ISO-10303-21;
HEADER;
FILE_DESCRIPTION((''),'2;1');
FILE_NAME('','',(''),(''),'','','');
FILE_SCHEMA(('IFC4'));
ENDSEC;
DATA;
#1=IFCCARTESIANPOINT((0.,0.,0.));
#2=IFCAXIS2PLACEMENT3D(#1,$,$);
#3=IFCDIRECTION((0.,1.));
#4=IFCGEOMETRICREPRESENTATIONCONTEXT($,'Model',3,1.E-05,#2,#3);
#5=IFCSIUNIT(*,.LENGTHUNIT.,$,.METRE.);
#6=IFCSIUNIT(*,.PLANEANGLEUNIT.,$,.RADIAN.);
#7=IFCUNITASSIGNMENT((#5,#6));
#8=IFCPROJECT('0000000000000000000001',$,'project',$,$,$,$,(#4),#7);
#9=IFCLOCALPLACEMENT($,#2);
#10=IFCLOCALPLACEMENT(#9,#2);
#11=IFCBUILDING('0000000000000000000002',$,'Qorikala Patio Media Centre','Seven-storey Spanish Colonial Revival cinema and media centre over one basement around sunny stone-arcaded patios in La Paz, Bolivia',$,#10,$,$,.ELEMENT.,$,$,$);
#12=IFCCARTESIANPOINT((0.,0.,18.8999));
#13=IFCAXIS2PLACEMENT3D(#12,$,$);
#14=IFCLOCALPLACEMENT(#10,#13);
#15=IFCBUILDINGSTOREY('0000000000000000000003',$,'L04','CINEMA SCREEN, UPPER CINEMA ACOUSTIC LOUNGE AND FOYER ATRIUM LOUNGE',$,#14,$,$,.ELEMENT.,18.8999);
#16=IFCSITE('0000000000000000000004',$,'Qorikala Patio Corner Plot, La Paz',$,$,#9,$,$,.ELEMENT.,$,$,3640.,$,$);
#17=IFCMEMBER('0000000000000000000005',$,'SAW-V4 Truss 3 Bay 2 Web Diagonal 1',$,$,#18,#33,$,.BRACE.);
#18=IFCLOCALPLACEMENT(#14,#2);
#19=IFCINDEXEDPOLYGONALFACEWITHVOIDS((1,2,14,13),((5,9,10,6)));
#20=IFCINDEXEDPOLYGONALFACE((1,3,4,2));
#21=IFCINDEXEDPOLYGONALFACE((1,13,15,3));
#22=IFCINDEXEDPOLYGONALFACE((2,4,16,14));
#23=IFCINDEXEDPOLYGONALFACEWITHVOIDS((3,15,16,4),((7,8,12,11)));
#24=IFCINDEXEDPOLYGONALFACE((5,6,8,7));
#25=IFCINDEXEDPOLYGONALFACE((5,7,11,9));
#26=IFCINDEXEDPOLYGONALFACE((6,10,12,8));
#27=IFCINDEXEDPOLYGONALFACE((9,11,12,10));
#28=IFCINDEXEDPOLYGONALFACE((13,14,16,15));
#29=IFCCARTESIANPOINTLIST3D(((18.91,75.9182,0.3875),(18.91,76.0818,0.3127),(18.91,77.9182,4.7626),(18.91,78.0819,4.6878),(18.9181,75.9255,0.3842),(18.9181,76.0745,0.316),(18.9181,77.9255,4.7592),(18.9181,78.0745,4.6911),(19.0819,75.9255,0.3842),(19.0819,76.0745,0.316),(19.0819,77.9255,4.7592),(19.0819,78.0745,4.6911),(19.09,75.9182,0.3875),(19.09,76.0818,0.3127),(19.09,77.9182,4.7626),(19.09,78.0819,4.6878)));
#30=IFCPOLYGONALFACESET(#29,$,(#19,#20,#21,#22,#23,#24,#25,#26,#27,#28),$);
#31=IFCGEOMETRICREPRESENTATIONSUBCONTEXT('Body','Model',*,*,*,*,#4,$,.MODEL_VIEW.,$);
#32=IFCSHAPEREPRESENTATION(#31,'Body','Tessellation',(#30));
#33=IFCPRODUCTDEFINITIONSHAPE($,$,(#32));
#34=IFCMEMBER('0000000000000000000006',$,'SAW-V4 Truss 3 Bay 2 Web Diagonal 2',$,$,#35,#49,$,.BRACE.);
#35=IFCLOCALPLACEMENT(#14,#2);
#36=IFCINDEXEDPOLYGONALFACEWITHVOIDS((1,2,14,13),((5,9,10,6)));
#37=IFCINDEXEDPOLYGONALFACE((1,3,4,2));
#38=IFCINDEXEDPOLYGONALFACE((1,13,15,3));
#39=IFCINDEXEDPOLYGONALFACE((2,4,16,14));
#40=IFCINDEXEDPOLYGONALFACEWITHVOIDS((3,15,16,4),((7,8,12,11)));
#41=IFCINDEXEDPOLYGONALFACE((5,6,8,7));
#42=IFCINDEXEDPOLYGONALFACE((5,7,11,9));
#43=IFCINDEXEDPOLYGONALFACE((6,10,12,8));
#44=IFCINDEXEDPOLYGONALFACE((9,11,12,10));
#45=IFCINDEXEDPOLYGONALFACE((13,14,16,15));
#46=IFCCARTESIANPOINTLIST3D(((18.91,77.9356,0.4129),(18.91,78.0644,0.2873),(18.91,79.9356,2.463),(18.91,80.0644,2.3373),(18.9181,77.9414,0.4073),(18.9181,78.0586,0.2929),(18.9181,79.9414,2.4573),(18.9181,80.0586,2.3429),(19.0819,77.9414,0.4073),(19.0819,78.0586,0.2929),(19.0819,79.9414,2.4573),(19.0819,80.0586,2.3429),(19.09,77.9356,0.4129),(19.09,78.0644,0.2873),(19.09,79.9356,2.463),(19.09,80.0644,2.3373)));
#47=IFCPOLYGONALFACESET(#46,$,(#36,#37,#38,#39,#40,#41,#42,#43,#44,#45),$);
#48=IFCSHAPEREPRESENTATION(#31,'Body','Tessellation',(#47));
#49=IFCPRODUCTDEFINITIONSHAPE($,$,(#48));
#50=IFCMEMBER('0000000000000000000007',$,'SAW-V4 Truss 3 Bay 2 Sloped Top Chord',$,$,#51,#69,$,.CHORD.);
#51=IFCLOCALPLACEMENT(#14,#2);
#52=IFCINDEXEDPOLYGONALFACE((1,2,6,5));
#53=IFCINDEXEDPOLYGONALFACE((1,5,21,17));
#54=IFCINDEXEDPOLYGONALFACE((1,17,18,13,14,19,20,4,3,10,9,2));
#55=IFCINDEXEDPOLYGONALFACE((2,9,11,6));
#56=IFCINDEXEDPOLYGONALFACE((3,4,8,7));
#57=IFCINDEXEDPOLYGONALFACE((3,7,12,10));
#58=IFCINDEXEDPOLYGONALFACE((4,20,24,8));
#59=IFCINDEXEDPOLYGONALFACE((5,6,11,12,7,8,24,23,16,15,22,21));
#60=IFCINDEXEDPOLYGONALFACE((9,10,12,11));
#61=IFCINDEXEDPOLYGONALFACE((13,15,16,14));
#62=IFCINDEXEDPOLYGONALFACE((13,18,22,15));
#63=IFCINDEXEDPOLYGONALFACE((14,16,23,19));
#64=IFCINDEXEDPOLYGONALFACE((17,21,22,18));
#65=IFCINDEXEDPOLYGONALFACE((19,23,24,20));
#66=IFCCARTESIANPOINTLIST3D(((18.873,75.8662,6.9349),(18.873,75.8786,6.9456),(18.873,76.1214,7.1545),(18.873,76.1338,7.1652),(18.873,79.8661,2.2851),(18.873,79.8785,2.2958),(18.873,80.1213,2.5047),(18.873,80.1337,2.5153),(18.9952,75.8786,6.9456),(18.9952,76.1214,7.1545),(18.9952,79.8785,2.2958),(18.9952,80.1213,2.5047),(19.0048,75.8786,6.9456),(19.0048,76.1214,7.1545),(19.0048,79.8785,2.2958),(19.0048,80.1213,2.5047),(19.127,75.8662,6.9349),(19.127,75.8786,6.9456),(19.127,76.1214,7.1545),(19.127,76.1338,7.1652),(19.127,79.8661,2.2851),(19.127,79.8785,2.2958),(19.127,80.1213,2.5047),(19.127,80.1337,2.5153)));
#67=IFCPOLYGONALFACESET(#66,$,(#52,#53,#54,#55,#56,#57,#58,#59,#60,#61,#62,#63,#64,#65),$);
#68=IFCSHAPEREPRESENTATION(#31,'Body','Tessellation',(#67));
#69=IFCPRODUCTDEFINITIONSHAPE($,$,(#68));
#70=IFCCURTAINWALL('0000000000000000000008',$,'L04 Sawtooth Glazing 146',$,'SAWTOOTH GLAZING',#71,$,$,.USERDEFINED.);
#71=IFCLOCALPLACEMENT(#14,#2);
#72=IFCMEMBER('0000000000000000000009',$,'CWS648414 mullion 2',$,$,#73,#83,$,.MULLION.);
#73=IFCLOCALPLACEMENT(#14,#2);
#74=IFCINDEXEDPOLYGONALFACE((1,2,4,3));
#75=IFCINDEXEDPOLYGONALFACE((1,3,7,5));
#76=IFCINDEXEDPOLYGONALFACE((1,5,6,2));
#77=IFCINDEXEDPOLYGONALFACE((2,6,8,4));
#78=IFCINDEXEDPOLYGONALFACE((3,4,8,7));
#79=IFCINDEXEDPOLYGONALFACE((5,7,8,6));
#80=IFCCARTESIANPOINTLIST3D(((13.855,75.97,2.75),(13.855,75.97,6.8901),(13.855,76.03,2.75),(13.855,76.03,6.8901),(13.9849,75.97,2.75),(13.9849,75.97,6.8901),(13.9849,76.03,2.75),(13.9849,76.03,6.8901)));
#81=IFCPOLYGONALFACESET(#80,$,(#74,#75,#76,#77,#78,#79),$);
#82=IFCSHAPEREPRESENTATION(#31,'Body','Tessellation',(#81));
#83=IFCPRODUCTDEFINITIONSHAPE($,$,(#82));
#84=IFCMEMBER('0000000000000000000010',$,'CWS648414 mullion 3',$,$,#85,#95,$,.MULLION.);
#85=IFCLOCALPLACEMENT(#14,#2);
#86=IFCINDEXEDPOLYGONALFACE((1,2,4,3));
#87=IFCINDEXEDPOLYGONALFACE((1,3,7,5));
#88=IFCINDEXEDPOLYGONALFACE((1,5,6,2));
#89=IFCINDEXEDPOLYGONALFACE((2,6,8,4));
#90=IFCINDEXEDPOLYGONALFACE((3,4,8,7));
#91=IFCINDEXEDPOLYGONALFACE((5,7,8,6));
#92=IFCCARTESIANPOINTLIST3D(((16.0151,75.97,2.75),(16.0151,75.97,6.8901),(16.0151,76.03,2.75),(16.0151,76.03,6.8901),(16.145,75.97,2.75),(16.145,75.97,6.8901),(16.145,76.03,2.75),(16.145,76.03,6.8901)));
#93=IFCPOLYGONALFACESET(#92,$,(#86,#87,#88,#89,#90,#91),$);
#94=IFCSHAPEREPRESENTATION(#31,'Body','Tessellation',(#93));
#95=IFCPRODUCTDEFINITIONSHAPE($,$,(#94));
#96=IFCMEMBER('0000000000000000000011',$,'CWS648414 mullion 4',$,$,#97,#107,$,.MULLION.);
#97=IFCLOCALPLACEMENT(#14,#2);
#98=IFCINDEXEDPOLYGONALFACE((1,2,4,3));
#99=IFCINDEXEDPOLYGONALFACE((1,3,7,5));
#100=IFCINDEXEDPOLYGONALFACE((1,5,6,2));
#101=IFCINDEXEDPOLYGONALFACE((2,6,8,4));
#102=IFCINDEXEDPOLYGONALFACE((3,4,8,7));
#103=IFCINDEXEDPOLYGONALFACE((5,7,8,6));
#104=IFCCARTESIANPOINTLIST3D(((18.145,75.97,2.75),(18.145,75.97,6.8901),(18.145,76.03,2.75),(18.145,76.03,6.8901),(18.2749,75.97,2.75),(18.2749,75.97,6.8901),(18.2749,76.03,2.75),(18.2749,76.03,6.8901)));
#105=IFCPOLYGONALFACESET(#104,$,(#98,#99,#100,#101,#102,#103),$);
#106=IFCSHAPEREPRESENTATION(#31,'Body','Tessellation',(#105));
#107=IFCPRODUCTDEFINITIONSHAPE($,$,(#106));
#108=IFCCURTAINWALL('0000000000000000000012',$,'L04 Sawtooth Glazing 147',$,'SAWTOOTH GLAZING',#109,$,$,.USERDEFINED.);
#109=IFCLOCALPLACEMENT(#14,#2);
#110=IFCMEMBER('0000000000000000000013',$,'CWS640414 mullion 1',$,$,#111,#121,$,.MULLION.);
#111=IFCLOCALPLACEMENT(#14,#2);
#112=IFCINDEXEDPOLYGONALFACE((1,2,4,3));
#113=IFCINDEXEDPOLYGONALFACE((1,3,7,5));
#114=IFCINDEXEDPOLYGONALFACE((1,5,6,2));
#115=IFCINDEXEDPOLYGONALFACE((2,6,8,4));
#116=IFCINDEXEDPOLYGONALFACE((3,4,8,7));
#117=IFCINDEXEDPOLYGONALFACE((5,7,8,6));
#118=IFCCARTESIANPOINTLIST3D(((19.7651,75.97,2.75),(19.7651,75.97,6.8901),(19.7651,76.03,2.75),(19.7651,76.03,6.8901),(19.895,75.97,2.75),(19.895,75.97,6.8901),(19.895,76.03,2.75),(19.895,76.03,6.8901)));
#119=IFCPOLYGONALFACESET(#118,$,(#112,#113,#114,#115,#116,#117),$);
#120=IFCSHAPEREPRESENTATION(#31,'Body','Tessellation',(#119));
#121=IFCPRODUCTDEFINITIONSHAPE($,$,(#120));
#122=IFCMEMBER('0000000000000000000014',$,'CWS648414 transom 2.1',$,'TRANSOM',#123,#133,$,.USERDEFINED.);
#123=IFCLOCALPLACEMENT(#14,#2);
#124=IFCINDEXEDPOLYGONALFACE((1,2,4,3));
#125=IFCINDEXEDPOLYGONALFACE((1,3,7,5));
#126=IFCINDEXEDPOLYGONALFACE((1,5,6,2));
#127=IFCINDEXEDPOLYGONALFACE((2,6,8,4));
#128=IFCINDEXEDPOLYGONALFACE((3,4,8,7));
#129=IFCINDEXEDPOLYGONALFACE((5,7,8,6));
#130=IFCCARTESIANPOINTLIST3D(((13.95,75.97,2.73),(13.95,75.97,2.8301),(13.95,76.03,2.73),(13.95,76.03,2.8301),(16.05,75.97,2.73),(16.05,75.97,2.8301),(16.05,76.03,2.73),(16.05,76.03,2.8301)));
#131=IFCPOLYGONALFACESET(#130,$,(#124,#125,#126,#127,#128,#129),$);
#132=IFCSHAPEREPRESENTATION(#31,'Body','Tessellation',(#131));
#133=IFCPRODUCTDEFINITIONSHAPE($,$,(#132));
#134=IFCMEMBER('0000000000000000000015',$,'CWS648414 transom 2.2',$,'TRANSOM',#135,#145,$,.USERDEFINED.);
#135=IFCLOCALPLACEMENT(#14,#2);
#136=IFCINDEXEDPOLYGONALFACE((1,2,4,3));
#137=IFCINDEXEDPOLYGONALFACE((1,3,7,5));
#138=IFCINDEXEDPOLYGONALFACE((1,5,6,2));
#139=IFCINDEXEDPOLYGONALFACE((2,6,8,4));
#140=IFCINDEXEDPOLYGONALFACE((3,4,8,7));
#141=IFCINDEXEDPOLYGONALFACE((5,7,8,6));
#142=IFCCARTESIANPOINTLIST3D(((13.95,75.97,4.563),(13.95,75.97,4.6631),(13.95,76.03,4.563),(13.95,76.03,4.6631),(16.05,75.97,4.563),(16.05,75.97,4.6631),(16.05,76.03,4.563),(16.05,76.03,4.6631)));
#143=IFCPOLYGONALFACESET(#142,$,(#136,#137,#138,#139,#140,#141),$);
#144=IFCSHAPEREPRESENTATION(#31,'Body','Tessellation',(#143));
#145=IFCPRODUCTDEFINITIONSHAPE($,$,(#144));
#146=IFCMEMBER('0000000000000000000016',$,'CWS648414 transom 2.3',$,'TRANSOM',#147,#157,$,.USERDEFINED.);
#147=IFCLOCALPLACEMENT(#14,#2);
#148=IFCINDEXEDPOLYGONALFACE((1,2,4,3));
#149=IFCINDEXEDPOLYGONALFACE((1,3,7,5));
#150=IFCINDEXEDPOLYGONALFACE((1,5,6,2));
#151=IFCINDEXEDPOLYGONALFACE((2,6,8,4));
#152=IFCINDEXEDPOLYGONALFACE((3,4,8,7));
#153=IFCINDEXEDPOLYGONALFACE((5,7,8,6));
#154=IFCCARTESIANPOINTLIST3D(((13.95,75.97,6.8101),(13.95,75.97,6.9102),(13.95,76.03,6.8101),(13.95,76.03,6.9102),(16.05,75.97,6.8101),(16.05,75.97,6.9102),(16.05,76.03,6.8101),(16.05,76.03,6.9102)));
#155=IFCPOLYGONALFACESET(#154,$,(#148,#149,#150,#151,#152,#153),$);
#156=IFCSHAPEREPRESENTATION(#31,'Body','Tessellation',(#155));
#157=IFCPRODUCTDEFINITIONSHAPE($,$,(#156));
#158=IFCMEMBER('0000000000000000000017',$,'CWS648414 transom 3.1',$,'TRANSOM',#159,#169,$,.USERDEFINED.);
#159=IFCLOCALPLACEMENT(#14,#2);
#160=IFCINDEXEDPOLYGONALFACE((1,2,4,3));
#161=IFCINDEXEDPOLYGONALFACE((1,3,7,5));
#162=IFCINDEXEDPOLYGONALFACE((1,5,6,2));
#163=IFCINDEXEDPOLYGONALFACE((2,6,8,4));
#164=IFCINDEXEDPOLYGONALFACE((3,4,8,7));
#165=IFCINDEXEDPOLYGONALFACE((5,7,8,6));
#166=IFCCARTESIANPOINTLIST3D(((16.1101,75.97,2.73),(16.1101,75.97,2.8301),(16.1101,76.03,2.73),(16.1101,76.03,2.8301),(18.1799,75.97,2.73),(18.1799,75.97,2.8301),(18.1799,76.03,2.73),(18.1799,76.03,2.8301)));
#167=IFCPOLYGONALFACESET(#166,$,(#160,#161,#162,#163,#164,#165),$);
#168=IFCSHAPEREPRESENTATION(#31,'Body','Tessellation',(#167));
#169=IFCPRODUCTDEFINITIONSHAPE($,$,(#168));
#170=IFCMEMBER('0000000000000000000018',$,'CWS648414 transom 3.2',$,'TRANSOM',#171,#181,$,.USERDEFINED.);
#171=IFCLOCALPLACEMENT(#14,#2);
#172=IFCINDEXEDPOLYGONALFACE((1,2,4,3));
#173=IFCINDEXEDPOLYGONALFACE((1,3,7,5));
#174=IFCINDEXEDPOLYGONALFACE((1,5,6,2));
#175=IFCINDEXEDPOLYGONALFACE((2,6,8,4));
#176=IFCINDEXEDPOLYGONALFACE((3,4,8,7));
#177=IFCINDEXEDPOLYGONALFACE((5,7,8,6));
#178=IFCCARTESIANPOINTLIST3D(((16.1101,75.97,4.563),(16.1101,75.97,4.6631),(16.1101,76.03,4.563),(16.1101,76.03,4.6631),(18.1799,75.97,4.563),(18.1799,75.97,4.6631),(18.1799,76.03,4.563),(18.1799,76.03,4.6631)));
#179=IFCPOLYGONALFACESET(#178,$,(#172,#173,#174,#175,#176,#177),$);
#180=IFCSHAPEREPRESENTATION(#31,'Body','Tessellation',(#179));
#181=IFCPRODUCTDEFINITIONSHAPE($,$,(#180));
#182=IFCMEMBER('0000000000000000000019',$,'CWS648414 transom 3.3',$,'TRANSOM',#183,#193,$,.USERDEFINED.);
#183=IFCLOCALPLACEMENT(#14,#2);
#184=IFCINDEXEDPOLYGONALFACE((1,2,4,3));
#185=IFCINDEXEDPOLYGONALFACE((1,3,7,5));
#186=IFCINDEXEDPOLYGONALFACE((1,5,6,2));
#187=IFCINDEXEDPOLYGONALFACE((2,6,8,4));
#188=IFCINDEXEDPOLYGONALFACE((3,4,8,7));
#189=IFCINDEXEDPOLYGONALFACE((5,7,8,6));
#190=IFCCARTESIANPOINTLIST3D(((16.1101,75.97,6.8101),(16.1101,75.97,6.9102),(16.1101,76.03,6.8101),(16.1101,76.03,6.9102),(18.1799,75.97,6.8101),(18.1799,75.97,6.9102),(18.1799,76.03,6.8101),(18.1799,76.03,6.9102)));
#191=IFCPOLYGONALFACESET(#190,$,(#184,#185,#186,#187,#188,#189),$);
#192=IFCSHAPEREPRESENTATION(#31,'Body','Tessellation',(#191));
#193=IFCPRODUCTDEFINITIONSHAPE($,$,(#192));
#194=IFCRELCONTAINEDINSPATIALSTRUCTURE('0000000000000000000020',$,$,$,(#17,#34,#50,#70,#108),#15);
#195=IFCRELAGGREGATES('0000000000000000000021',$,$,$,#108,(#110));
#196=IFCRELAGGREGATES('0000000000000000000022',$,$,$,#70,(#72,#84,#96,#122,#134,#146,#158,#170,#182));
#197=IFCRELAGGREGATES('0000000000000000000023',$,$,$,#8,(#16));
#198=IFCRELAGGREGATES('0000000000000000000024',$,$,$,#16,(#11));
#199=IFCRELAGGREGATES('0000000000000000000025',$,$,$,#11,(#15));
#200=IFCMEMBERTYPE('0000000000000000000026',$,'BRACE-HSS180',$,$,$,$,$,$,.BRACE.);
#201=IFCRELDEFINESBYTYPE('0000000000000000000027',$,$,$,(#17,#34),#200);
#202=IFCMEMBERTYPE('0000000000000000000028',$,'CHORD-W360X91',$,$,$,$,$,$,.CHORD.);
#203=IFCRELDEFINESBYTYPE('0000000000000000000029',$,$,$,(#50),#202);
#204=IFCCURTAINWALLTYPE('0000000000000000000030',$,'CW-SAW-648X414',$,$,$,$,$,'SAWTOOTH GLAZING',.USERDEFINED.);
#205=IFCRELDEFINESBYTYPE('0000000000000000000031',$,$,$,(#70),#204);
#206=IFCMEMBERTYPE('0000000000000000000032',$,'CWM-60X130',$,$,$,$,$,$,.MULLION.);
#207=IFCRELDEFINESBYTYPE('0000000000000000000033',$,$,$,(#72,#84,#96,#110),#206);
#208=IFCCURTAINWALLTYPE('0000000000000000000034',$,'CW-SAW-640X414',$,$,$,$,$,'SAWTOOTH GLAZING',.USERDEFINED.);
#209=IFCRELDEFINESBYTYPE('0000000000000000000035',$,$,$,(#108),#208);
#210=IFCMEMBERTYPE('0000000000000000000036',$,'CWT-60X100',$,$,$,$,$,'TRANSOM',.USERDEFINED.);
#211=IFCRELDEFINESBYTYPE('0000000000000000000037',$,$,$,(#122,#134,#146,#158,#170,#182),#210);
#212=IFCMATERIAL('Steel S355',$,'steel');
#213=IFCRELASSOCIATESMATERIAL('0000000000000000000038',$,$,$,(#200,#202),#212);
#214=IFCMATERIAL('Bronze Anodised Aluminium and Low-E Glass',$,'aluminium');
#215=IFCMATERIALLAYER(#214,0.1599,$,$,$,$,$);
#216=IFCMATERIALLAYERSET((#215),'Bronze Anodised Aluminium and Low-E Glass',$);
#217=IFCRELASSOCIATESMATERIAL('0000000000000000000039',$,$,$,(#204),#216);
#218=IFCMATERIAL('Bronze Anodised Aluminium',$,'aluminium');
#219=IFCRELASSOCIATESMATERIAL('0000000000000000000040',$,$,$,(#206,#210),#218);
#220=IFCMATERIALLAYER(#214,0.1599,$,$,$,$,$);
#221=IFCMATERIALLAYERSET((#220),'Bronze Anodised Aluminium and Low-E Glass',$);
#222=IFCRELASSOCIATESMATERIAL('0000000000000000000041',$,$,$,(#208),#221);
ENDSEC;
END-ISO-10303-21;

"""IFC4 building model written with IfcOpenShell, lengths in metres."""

from ifc_helpers import new_model, si_unit, direction, frame, origin, origin_2d, place, context, subcontext, project, spatial, rectangle, hollow_rectangle, i_section, extrude, material, layer, layer_set, material_profile, profile_set, type_object, element, aggregate, save


model = new_model("IFC4")

# Units and contexts
model_context = context("Model", 3, precision=1e-05, world=origin(), true_north=direction((0.0, 1.0)))
body_context = subcontext(model_context, "Body", "Model", "MODEL_VIEW")
ifc_project = project(units=[si_unit("LENGTHUNIT", "METRE"), si_unit("PLANEANGLEUNIT", "RADIAN")], contexts=[model_context])

# Site, building, storey
site_placement = place(None, origin())
site = spatial("IfcSite", under=ifc_project, at=site_placement, Name="Qorikala Patio Corner Plot, La Paz", CompositionType="ELEMENT", RefElevation=3640.0)
building_placement = place(site_placement, origin())
building = spatial("IfcBuilding", under=site, at=building_placement, Name="Qorikala Patio Media Centre", Description="Seven-storey Spanish Colonial Revival cinema and media centre over one basement around sunny stone-arcaded patios in La Paz, Bolivia", CompositionType="ELEMENT")
storey_placement = place(building_placement, frame((0.0, 0.0, 18.8999)))
storey = spatial("IfcBuildingStorey", under=building, at=storey_placement, Name="L04", Description="CINEMA SCREEN, UPPER CINEMA ACOUSTIC LOUNGE AND FOYER ATRIUM LOUNGE", CompositionType="ELEMENT", Elevation=18.8999)

# Members
ifc_material_1 = material(Name="Steel S355", Category="steel")
ifc_material_profile_1 = material_profile(ifc_material_1, hollow_rectangle(XDim=0.1799, YDim=0.1799, WallThickness=0.0081, at=origin_2d()), Name="HSS180X180X8")
ifc_profile_set_1 = profile_set([ifc_material_profile_1], Name="Steel S355")
member_type_1 = type_object("IfcMemberType", Name="BRACE-HSS180", PredefinedType="BRACE", material=ifc_profile_set_1)
member_1_placement = place(storey_placement, frame((19.0, 76.0, 0.3501), z_axis=(0.0, 0.41576, 0.909474), x_axis=(-1.0, 0.0, 0.0)))
element("IfcMember", 1, at=member_1_placement, inside=storey, type_object=member_type_1, Name="SAW-V4 Truss 3 Bay 2 Web Diagonal 1", PredefinedType="BRACE", context=body_context, shape_type="SweptSolid", body=[
    extrude(hollow_rectangle(XDim=0.1799, YDim=0.1799, WallThickness=0.0081, at=origin_2d()), origin(), (0.0, 0.0, 1.0), 4.8105),
])
member_2_placement = place(storey_placement, frame((19.0, 78.0, 0.3501), z_axis=(0.0, 0.698315, 0.71579), x_axis=(-1.0, 0.0, 0.0)))
element("IfcMember", 2, at=member_2_placement, inside=storey, type_object=member_type_1, Name="SAW-V4 Truss 3 Bay 2 Web Diagonal 2", PredefinedType="BRACE", context=body_context, shape_type="SweptSolid", body=[
    extrude(hollow_rectangle(XDim=0.1799, YDim=0.1799, WallThickness=0.0081, at=origin_2d()), origin(), (0.0, 0.0, 1.0), 2.864),
])
ifc_material_profile_2 = material_profile(ifc_material_1, i_section(OverallWidth=0.2539, OverallDepth=0.353, WebThickness=0.0095, FlangeThickness=0.0164, at=origin_2d()), Name="W360X91")
ifc_profile_set_2 = profile_set([ifc_material_profile_2], Name="Steel S355")
member_type_2 = type_object("IfcMemberType", Name="CHORD-W360X91", PredefinedType="CHORD", material=ifc_profile_set_2)
member_3_placement = place(storey_placement, frame((19.0, 76.0, 7.05), z_axis=(0.0, 0.652141, -0.758098), x_axis=(-1.0, 0.0, 0.0)))
element("IfcMember", 3, at=member_3_placement, inside=storey, type_object=member_type_2, Name="SAW-V4 Truss 3 Bay 2 Sloped Top Chord", PredefinedType="CHORD", context=body_context, shape_type="SweptSolid", body=[
    extrude(i_section(OverallWidth=0.2539, OverallDepth=0.353, WebThickness=0.0095, FlangeThickness=0.0164, at=origin_2d()), origin(), (0.0, 0.0, 1.0), 6.1335),
])

# Curtain wall, members
ifc_material_2 = material(Name="Bronze Anodised Aluminium and Low-E Glass", Category="aluminium")
ifc_layer_1 = layer(ifc_material_2, 0.1599)
ifc_layer_set_1 = layer_set([ifc_layer_1], Name="Bronze Anodised Aluminium and Low-E Glass")
curtain_wall_type_1 = type_object("IfcCurtainWallType", Name="CW-SAW-648X414", ElementType="SAWTOOTH GLAZING", PredefinedType="USERDEFINED", material=ifc_layer_set_1)
curtain_wall_1_placement = place(storey_placement, origin())
curtain_wall_1 = element("IfcCurtainWall", 4, at=curtain_wall_1_placement, inside=storey, type_object=curtain_wall_type_1, Name="L04 Sawtooth Glazing 146", ObjectType="SAWTOOTH GLAZING", PredefinedType="USERDEFINED")
ifc_material_3 = material(Name="Bronze Anodised Aluminium", Category="aluminium")
ifc_material_profile_3 = material_profile(ifc_material_3, rectangle(XDim=0.0601, YDim=0.1299, at=origin_2d()), Name="ALU MULLION 60x130")
ifc_profile_set_3 = profile_set([ifc_material_profile_3], Name="Bronze Anodised Aluminium")
member_type_3 = type_object("IfcMemberType", Name="CWM-60X130", PredefinedType="MULLION", material=ifc_profile_set_3)
member_4_placement = place(storey_placement, frame((13.9199, 76.0, 2.75), z_axis=(0.0, 0.0, 1.0), x_axis=(0.0, 1.0, 0.0)))
member_4 = element("IfcMember", 5, at=member_4_placement, type_object=member_type_3, Name="CWS648414 mullion 2", PredefinedType="MULLION", context=body_context, shape_type="SweptSolid", body=[
    extrude(rectangle(XDim=0.0601, YDim=0.1299, at=origin_2d()), origin(), (0.0, 0.0, 1.0), 4.1401),
])
member_5_placement = place(storey_placement, frame((16.0801, 76.0, 2.75), z_axis=(0.0, 0.0, 1.0), x_axis=(0.0, 1.0, 0.0)))
member_5 = element("IfcMember", 6, at=member_5_placement, type_object=member_type_3, Name="CWS648414 mullion 3", PredefinedType="MULLION", context=body_context, shape_type="SweptSolid", body=[
    extrude(rectangle(XDim=0.0601, YDim=0.1299, at=origin_2d()), origin(), (0.0, 0.0, 1.0), 4.1401),
])
member_6_placement = place(storey_placement, frame((18.21, 76.0, 2.75), z_axis=(0.0, 0.0, 1.0), x_axis=(0.0, 1.0, 0.0)))
member_6 = element("IfcMember", 7, at=member_6_placement, type_object=member_type_3, Name="CWS648414 mullion 4", PredefinedType="MULLION", context=body_context, shape_type="SweptSolid", body=[
    extrude(rectangle(XDim=0.0601, YDim=0.1299, at=origin_2d()), origin(), (0.0, 0.0, 1.0), 4.1401),
])

# Curtain wall, member
ifc_layer_2 = layer(ifc_material_2, 0.1599)
ifc_layer_set_2 = layer_set([ifc_layer_2], Name="Bronze Anodised Aluminium and Low-E Glass")
curtain_wall_type_2 = type_object("IfcCurtainWallType", Name="CW-SAW-640X414", ElementType="SAWTOOTH GLAZING", PredefinedType="USERDEFINED", material=ifc_layer_set_2)
curtain_wall_2_placement = place(storey_placement, origin())
curtain_wall_2 = element("IfcCurtainWall", 8, at=curtain_wall_2_placement, inside=storey, type_object=curtain_wall_type_2, Name="L04 Sawtooth Glazing 147", ObjectType="SAWTOOTH GLAZING", PredefinedType="USERDEFINED")
member_7_placement = place(storey_placement, frame((19.8301, 76.0, 2.75), z_axis=(0.0, 0.0, 1.0), x_axis=(0.0, 1.0, 0.0)))
member_7 = element("IfcMember", 9, at=member_7_placement, type_object=member_type_3, Name="CWS640414 mullion 1", PredefinedType="MULLION", context=body_context, shape_type="SweptSolid", body=[
    extrude(rectangle(XDim=0.0601, YDim=0.1299, at=origin_2d()), origin(), (0.0, 0.0, 1.0), 4.1401),
])
aggregate(curtain_wall_2, [member_7])

# Members
ifc_material_profile_4 = material_profile(ifc_material_3, rectangle(XDim=0.0601, YDim=0.1001, at=origin_2d()), Name="ALU TRANSOM 60x100")
ifc_profile_set_4 = profile_set([ifc_material_profile_4], Name="Bronze Anodised Aluminium")
member_type_4 = type_object("IfcMemberType", Name="CWT-60X100", ElementType="TRANSOM", PredefinedType="USERDEFINED", material=ifc_profile_set_4)
member_8_placement = place(storey_placement, frame((13.95, 76.0, 2.78), z_axis=(1.0, 0.0, 0.0), x_axis=(0.0, 1.0, 0.0)))
member_8 = element("IfcMember", 10, at=member_8_placement, type_object=member_type_4, Name="CWS648414 transom 2.1", ObjectType="TRANSOM", PredefinedType="USERDEFINED", context=body_context, shape_type="SweptSolid", body=[
    extrude(rectangle(XDim=0.0601, YDim=0.1001, at=origin_2d()), origin(), (0.0, 0.0, 1.0), 2.1001),
])
member_9_placement = place(storey_placement, frame((13.95, 76.0, 4.613), z_axis=(1.0, 0.0, 0.0), x_axis=(0.0, 1.0, 0.0)))
member_9 = element("IfcMember", 11, at=member_9_placement, type_object=member_type_4, Name="CWS648414 transom 2.2", ObjectType="TRANSOM", PredefinedType="USERDEFINED", context=body_context, shape_type="SweptSolid", body=[
    extrude(rectangle(XDim=0.0601, YDim=0.1001, at=origin_2d()), origin(), (0.0, 0.0, 1.0), 2.1001),
])
member_10_placement = place(storey_placement, frame((13.95, 76.0, 6.8601), z_axis=(1.0, 0.0, 0.0), x_axis=(0.0, 1.0, 0.0)))
member_10 = element("IfcMember", 12, at=member_10_placement, type_object=member_type_4, Name="CWS648414 transom 2.3", ObjectType="TRANSOM", PredefinedType="USERDEFINED", context=body_context, shape_type="SweptSolid", body=[
    extrude(rectangle(XDim=0.0601, YDim=0.1001, at=origin_2d()), origin(), (0.0, 0.0, 1.0), 2.1001),
])
member_11_placement = place(storey_placement, frame((16.1101, 76.0, 2.78), z_axis=(1.0, 0.0, 0.0), x_axis=(0.0, 1.0, 0.0)))
member_11 = element("IfcMember", 13, at=member_11_placement, type_object=member_type_4, Name="CWS648414 transom 3.1", ObjectType="TRANSOM", PredefinedType="USERDEFINED", context=body_context, shape_type="SweptSolid", body=[
    extrude(rectangle(XDim=0.0601, YDim=0.1001, at=origin_2d()), origin(), (0.0, 0.0, 1.0), 2.0698),
])
member_12_placement = place(storey_placement, frame((16.1101, 76.0, 4.613), z_axis=(1.0, 0.0, 0.0), x_axis=(0.0, 1.0, 0.0)))
member_12 = element("IfcMember", 14, at=member_12_placement, type_object=member_type_4, Name="CWS648414 transom 3.2", ObjectType="TRANSOM", PredefinedType="USERDEFINED", context=body_context, shape_type="SweptSolid", body=[
    extrude(rectangle(XDim=0.0601, YDim=0.1001, at=origin_2d()), origin(), (0.0, 0.0, 1.0), 2.0698),
])
member_13_placement = place(storey_placement, frame((16.1101, 76.0, 6.8601), z_axis=(1.0, 0.0, 0.0), x_axis=(0.0, 1.0, 0.0)))
member_13 = element("IfcMember", 15, at=member_13_placement, type_object=member_type_4, Name="CWS648414 transom 3.3", ObjectType="TRANSOM", PredefinedType="USERDEFINED", context=body_context, shape_type="SweptSolid", body=[
    extrude(rectangle(XDim=0.0601, YDim=0.1001, at=origin_2d()), origin(), (0.0, 0.0, 1.0), 2.0698),
])

aggregate(curtain_wall_1, [member_4, member_5, member_6, member_8, member_9, member_10, member_11, member_12, member_13])

save(model, "model.ifc")
